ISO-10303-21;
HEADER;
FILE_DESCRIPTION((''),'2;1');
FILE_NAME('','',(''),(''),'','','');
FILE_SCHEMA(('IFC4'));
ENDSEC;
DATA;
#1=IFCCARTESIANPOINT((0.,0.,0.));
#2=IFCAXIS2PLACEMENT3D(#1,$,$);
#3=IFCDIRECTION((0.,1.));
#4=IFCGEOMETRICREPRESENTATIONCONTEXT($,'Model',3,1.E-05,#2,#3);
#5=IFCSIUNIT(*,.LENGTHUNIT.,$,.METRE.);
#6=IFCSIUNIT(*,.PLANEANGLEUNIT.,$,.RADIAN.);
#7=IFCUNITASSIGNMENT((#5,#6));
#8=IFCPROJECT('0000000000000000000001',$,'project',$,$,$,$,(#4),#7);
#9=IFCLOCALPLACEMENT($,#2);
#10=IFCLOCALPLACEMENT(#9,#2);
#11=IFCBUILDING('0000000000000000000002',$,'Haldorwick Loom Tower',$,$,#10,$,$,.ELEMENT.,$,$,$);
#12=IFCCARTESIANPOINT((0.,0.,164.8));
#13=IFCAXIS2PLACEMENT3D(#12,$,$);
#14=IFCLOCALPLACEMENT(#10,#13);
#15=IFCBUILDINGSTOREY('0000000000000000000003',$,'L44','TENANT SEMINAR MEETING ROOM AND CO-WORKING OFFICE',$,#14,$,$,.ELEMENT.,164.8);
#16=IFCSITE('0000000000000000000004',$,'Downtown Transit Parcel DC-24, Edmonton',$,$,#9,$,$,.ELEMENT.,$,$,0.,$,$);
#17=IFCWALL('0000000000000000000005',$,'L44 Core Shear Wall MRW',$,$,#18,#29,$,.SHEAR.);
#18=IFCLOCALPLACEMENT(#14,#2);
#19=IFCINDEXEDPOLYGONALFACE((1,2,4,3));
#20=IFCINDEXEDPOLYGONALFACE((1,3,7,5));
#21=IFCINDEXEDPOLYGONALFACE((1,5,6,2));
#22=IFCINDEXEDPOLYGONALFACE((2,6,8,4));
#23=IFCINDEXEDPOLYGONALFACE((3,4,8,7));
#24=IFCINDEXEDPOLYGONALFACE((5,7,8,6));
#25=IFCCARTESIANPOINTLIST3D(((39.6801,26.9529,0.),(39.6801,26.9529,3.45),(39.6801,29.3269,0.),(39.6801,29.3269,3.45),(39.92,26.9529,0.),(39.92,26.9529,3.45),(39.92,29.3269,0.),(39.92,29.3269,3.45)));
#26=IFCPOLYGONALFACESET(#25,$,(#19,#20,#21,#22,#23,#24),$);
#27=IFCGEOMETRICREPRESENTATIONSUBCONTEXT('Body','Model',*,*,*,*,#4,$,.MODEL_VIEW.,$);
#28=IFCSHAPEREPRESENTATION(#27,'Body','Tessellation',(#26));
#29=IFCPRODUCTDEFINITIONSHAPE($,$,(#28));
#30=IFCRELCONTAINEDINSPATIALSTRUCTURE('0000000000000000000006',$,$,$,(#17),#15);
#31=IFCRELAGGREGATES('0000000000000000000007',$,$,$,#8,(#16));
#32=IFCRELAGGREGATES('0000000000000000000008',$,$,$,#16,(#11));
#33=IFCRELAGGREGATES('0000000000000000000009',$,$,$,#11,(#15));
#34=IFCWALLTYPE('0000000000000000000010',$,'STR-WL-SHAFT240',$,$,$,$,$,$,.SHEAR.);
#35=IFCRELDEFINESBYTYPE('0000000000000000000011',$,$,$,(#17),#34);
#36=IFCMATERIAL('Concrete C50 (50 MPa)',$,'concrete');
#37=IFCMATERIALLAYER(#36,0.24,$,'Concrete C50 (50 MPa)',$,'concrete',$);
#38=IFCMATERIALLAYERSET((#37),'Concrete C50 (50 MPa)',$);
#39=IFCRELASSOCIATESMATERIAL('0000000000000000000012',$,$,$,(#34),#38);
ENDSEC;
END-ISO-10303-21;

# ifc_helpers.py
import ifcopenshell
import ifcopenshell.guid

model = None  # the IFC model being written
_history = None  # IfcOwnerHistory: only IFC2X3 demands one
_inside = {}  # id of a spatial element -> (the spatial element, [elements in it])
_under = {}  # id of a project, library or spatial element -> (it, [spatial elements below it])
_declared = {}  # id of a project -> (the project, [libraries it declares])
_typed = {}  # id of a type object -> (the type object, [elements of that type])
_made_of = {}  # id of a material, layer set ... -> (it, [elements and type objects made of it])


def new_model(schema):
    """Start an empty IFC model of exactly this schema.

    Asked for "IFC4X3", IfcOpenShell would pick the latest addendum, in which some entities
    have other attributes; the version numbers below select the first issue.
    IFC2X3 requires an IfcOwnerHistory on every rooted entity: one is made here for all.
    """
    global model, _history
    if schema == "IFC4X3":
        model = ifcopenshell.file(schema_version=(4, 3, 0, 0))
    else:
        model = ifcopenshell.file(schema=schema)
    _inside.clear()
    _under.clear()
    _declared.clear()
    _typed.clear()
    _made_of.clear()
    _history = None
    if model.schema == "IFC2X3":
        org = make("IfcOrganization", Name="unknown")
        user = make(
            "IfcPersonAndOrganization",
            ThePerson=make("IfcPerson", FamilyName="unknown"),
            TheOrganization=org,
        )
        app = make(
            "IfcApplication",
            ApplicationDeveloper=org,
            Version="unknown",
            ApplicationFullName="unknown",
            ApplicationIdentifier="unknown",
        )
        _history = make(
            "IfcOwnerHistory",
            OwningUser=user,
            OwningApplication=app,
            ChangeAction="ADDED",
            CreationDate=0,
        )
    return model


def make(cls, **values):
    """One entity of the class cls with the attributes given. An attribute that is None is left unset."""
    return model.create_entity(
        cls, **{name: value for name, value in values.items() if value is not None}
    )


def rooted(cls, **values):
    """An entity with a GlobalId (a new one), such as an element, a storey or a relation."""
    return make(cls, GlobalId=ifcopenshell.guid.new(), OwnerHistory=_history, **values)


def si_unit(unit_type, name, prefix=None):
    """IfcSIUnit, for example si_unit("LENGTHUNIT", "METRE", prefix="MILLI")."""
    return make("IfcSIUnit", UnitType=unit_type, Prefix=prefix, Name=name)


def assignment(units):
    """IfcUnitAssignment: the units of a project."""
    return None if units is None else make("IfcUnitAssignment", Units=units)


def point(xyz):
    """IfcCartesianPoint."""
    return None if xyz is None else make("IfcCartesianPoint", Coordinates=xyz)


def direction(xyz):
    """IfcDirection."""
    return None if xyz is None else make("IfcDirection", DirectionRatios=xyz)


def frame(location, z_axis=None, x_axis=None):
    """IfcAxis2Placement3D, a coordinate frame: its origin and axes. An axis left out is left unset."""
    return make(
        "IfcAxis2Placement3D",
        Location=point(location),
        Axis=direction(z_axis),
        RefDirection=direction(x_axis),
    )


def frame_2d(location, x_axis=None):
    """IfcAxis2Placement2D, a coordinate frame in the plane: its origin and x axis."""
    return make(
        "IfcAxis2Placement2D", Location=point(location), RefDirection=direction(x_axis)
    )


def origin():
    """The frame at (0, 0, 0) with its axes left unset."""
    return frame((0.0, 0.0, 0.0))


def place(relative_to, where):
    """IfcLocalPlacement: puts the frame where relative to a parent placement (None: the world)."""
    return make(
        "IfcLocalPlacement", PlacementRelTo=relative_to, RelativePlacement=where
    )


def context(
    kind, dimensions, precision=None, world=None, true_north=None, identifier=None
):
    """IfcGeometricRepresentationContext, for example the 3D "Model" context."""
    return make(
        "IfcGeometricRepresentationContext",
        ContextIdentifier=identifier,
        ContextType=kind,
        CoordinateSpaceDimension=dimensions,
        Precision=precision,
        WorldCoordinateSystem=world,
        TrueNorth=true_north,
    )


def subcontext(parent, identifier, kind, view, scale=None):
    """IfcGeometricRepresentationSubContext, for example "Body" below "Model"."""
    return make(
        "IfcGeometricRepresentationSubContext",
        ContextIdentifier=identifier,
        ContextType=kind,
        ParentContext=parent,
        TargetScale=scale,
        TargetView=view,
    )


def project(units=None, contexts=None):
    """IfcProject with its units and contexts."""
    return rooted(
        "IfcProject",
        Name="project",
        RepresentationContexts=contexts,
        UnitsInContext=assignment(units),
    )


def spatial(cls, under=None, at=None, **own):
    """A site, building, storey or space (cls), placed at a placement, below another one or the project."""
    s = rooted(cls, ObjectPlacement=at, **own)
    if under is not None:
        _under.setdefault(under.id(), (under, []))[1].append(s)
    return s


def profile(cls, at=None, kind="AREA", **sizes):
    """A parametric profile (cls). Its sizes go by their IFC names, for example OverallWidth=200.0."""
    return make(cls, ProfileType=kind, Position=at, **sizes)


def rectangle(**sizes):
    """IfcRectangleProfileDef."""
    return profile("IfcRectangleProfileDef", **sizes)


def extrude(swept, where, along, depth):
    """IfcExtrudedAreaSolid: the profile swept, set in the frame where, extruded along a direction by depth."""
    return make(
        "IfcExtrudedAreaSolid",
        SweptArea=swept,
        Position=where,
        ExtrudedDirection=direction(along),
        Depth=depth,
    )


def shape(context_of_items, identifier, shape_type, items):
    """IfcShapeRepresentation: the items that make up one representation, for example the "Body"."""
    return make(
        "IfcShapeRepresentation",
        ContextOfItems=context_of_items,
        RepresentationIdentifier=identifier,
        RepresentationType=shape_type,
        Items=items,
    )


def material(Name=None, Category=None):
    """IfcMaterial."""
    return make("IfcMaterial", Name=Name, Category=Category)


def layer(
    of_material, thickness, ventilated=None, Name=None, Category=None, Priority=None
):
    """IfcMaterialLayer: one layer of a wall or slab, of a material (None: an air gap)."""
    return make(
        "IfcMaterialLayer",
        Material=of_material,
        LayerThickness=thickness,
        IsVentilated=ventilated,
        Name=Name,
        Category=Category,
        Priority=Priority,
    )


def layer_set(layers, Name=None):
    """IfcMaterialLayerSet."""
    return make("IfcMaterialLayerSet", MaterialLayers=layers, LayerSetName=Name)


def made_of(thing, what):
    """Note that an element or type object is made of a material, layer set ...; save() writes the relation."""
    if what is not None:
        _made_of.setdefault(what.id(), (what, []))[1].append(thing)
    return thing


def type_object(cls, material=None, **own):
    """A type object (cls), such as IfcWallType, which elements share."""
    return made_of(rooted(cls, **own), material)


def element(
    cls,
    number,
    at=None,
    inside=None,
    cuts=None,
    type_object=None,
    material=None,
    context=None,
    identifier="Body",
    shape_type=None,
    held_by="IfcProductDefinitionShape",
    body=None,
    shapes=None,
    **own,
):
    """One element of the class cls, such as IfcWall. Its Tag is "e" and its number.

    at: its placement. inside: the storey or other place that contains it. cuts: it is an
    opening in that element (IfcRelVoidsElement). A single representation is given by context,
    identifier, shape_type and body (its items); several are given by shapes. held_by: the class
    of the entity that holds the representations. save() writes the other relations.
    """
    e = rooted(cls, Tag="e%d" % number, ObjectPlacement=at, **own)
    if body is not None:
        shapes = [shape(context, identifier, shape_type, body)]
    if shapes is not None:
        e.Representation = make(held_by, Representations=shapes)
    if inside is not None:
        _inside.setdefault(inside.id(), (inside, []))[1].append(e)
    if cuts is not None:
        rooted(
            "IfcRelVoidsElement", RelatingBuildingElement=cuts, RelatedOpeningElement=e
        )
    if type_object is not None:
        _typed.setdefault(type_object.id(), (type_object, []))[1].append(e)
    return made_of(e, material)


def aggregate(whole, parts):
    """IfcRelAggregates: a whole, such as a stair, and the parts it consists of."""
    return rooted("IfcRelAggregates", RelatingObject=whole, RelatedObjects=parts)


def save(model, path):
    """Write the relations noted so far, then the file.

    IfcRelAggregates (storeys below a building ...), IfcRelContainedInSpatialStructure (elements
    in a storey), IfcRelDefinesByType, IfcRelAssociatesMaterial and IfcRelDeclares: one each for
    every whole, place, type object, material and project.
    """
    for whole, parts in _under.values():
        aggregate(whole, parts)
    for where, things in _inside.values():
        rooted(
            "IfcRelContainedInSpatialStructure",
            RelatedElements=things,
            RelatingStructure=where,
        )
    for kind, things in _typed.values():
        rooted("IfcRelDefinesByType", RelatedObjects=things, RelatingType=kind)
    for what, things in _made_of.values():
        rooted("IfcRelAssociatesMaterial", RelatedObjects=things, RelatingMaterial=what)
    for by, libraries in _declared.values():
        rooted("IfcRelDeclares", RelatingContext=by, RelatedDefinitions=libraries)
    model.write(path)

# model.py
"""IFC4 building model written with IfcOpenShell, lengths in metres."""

from ifc_helpers import new_model, si_unit, direction, frame, frame_2d, origin, place, context, subcontext, project, spatial, rectangle, extrude, material, layer, layer_set, type_object, element, save


model = new_model("IFC4")

# Units and contexts
model_context = context("Model", 3, precision=1e-05, world=origin(), true_north=direction((0.0, 1.0)))
body_context = subcontext(model_context, "Body", "Model", "MODEL_VIEW")
ifc_project = project(units=[si_unit("LENGTHUNIT", "METRE"), si_unit("PLANEANGLEUNIT", "RADIAN")], contexts=[model_context])

# Site, building, storey
site_placement = place(None, origin())
site = spatial("IfcSite", under=ifc_project, at=site_placement, Name="Downtown Transit Parcel DC-24, Edmonton", CompositionType="ELEMENT", RefElevation=0.0)
building_placement = place(site_placement, origin())
building = spatial("IfcBuilding", under=site, at=building_placement, Name="Haldorwick Loom Tower", CompositionType="ELEMENT")
storey_placement = place(building_placement, frame((0.0, 0.0, 164.8)))
storey = spatial("IfcBuildingStorey", under=building, at=storey_placement, Name="L44", Description="TENANT SEMINAR MEETING ROOM AND CO-WORKING OFFICE", CompositionType="ELEMENT", Elevation=164.8)

# Shared definitions
ifc_material_1 = material(Name="Concrete C50 (50 MPa)", Category="concrete")
ifc_layer_1 = layer(ifc_material_1, 0.24, Name="Concrete C50 (50 MPa)", Category="concrete")
ifc_layer_set_1 = layer_set([ifc_layer_1], Name="Concrete C50 (50 MPa)")
wall_type_1 = type_object("IfcWallType", Name="STR-WL-SHAFT240", PredefinedType="SHEAR", material=ifc_layer_set_1)

# Wall
wall_1_placement = place(storey_placement, frame((39.8, 26.9529, 0.0), z_axis=(0.0, 0.0, 1.0), x_axis=(0.0, 1.0, 0.0)))
element("IfcWall", 1, at=wall_1_placement, inside=storey, type_object=wall_type_1, Name="L44 Core Shear Wall MRW", PredefinedType="SHEAR", context=body_context, shape_type="SweptSolid", body=[
    extrude(rectangle(XDim=2.374, YDim=0.24, at=frame_2d((1.187, 0.0))), origin(), (0.0, 0.0, 1.0), 3.45),
])

save(model, "model.ifc")
